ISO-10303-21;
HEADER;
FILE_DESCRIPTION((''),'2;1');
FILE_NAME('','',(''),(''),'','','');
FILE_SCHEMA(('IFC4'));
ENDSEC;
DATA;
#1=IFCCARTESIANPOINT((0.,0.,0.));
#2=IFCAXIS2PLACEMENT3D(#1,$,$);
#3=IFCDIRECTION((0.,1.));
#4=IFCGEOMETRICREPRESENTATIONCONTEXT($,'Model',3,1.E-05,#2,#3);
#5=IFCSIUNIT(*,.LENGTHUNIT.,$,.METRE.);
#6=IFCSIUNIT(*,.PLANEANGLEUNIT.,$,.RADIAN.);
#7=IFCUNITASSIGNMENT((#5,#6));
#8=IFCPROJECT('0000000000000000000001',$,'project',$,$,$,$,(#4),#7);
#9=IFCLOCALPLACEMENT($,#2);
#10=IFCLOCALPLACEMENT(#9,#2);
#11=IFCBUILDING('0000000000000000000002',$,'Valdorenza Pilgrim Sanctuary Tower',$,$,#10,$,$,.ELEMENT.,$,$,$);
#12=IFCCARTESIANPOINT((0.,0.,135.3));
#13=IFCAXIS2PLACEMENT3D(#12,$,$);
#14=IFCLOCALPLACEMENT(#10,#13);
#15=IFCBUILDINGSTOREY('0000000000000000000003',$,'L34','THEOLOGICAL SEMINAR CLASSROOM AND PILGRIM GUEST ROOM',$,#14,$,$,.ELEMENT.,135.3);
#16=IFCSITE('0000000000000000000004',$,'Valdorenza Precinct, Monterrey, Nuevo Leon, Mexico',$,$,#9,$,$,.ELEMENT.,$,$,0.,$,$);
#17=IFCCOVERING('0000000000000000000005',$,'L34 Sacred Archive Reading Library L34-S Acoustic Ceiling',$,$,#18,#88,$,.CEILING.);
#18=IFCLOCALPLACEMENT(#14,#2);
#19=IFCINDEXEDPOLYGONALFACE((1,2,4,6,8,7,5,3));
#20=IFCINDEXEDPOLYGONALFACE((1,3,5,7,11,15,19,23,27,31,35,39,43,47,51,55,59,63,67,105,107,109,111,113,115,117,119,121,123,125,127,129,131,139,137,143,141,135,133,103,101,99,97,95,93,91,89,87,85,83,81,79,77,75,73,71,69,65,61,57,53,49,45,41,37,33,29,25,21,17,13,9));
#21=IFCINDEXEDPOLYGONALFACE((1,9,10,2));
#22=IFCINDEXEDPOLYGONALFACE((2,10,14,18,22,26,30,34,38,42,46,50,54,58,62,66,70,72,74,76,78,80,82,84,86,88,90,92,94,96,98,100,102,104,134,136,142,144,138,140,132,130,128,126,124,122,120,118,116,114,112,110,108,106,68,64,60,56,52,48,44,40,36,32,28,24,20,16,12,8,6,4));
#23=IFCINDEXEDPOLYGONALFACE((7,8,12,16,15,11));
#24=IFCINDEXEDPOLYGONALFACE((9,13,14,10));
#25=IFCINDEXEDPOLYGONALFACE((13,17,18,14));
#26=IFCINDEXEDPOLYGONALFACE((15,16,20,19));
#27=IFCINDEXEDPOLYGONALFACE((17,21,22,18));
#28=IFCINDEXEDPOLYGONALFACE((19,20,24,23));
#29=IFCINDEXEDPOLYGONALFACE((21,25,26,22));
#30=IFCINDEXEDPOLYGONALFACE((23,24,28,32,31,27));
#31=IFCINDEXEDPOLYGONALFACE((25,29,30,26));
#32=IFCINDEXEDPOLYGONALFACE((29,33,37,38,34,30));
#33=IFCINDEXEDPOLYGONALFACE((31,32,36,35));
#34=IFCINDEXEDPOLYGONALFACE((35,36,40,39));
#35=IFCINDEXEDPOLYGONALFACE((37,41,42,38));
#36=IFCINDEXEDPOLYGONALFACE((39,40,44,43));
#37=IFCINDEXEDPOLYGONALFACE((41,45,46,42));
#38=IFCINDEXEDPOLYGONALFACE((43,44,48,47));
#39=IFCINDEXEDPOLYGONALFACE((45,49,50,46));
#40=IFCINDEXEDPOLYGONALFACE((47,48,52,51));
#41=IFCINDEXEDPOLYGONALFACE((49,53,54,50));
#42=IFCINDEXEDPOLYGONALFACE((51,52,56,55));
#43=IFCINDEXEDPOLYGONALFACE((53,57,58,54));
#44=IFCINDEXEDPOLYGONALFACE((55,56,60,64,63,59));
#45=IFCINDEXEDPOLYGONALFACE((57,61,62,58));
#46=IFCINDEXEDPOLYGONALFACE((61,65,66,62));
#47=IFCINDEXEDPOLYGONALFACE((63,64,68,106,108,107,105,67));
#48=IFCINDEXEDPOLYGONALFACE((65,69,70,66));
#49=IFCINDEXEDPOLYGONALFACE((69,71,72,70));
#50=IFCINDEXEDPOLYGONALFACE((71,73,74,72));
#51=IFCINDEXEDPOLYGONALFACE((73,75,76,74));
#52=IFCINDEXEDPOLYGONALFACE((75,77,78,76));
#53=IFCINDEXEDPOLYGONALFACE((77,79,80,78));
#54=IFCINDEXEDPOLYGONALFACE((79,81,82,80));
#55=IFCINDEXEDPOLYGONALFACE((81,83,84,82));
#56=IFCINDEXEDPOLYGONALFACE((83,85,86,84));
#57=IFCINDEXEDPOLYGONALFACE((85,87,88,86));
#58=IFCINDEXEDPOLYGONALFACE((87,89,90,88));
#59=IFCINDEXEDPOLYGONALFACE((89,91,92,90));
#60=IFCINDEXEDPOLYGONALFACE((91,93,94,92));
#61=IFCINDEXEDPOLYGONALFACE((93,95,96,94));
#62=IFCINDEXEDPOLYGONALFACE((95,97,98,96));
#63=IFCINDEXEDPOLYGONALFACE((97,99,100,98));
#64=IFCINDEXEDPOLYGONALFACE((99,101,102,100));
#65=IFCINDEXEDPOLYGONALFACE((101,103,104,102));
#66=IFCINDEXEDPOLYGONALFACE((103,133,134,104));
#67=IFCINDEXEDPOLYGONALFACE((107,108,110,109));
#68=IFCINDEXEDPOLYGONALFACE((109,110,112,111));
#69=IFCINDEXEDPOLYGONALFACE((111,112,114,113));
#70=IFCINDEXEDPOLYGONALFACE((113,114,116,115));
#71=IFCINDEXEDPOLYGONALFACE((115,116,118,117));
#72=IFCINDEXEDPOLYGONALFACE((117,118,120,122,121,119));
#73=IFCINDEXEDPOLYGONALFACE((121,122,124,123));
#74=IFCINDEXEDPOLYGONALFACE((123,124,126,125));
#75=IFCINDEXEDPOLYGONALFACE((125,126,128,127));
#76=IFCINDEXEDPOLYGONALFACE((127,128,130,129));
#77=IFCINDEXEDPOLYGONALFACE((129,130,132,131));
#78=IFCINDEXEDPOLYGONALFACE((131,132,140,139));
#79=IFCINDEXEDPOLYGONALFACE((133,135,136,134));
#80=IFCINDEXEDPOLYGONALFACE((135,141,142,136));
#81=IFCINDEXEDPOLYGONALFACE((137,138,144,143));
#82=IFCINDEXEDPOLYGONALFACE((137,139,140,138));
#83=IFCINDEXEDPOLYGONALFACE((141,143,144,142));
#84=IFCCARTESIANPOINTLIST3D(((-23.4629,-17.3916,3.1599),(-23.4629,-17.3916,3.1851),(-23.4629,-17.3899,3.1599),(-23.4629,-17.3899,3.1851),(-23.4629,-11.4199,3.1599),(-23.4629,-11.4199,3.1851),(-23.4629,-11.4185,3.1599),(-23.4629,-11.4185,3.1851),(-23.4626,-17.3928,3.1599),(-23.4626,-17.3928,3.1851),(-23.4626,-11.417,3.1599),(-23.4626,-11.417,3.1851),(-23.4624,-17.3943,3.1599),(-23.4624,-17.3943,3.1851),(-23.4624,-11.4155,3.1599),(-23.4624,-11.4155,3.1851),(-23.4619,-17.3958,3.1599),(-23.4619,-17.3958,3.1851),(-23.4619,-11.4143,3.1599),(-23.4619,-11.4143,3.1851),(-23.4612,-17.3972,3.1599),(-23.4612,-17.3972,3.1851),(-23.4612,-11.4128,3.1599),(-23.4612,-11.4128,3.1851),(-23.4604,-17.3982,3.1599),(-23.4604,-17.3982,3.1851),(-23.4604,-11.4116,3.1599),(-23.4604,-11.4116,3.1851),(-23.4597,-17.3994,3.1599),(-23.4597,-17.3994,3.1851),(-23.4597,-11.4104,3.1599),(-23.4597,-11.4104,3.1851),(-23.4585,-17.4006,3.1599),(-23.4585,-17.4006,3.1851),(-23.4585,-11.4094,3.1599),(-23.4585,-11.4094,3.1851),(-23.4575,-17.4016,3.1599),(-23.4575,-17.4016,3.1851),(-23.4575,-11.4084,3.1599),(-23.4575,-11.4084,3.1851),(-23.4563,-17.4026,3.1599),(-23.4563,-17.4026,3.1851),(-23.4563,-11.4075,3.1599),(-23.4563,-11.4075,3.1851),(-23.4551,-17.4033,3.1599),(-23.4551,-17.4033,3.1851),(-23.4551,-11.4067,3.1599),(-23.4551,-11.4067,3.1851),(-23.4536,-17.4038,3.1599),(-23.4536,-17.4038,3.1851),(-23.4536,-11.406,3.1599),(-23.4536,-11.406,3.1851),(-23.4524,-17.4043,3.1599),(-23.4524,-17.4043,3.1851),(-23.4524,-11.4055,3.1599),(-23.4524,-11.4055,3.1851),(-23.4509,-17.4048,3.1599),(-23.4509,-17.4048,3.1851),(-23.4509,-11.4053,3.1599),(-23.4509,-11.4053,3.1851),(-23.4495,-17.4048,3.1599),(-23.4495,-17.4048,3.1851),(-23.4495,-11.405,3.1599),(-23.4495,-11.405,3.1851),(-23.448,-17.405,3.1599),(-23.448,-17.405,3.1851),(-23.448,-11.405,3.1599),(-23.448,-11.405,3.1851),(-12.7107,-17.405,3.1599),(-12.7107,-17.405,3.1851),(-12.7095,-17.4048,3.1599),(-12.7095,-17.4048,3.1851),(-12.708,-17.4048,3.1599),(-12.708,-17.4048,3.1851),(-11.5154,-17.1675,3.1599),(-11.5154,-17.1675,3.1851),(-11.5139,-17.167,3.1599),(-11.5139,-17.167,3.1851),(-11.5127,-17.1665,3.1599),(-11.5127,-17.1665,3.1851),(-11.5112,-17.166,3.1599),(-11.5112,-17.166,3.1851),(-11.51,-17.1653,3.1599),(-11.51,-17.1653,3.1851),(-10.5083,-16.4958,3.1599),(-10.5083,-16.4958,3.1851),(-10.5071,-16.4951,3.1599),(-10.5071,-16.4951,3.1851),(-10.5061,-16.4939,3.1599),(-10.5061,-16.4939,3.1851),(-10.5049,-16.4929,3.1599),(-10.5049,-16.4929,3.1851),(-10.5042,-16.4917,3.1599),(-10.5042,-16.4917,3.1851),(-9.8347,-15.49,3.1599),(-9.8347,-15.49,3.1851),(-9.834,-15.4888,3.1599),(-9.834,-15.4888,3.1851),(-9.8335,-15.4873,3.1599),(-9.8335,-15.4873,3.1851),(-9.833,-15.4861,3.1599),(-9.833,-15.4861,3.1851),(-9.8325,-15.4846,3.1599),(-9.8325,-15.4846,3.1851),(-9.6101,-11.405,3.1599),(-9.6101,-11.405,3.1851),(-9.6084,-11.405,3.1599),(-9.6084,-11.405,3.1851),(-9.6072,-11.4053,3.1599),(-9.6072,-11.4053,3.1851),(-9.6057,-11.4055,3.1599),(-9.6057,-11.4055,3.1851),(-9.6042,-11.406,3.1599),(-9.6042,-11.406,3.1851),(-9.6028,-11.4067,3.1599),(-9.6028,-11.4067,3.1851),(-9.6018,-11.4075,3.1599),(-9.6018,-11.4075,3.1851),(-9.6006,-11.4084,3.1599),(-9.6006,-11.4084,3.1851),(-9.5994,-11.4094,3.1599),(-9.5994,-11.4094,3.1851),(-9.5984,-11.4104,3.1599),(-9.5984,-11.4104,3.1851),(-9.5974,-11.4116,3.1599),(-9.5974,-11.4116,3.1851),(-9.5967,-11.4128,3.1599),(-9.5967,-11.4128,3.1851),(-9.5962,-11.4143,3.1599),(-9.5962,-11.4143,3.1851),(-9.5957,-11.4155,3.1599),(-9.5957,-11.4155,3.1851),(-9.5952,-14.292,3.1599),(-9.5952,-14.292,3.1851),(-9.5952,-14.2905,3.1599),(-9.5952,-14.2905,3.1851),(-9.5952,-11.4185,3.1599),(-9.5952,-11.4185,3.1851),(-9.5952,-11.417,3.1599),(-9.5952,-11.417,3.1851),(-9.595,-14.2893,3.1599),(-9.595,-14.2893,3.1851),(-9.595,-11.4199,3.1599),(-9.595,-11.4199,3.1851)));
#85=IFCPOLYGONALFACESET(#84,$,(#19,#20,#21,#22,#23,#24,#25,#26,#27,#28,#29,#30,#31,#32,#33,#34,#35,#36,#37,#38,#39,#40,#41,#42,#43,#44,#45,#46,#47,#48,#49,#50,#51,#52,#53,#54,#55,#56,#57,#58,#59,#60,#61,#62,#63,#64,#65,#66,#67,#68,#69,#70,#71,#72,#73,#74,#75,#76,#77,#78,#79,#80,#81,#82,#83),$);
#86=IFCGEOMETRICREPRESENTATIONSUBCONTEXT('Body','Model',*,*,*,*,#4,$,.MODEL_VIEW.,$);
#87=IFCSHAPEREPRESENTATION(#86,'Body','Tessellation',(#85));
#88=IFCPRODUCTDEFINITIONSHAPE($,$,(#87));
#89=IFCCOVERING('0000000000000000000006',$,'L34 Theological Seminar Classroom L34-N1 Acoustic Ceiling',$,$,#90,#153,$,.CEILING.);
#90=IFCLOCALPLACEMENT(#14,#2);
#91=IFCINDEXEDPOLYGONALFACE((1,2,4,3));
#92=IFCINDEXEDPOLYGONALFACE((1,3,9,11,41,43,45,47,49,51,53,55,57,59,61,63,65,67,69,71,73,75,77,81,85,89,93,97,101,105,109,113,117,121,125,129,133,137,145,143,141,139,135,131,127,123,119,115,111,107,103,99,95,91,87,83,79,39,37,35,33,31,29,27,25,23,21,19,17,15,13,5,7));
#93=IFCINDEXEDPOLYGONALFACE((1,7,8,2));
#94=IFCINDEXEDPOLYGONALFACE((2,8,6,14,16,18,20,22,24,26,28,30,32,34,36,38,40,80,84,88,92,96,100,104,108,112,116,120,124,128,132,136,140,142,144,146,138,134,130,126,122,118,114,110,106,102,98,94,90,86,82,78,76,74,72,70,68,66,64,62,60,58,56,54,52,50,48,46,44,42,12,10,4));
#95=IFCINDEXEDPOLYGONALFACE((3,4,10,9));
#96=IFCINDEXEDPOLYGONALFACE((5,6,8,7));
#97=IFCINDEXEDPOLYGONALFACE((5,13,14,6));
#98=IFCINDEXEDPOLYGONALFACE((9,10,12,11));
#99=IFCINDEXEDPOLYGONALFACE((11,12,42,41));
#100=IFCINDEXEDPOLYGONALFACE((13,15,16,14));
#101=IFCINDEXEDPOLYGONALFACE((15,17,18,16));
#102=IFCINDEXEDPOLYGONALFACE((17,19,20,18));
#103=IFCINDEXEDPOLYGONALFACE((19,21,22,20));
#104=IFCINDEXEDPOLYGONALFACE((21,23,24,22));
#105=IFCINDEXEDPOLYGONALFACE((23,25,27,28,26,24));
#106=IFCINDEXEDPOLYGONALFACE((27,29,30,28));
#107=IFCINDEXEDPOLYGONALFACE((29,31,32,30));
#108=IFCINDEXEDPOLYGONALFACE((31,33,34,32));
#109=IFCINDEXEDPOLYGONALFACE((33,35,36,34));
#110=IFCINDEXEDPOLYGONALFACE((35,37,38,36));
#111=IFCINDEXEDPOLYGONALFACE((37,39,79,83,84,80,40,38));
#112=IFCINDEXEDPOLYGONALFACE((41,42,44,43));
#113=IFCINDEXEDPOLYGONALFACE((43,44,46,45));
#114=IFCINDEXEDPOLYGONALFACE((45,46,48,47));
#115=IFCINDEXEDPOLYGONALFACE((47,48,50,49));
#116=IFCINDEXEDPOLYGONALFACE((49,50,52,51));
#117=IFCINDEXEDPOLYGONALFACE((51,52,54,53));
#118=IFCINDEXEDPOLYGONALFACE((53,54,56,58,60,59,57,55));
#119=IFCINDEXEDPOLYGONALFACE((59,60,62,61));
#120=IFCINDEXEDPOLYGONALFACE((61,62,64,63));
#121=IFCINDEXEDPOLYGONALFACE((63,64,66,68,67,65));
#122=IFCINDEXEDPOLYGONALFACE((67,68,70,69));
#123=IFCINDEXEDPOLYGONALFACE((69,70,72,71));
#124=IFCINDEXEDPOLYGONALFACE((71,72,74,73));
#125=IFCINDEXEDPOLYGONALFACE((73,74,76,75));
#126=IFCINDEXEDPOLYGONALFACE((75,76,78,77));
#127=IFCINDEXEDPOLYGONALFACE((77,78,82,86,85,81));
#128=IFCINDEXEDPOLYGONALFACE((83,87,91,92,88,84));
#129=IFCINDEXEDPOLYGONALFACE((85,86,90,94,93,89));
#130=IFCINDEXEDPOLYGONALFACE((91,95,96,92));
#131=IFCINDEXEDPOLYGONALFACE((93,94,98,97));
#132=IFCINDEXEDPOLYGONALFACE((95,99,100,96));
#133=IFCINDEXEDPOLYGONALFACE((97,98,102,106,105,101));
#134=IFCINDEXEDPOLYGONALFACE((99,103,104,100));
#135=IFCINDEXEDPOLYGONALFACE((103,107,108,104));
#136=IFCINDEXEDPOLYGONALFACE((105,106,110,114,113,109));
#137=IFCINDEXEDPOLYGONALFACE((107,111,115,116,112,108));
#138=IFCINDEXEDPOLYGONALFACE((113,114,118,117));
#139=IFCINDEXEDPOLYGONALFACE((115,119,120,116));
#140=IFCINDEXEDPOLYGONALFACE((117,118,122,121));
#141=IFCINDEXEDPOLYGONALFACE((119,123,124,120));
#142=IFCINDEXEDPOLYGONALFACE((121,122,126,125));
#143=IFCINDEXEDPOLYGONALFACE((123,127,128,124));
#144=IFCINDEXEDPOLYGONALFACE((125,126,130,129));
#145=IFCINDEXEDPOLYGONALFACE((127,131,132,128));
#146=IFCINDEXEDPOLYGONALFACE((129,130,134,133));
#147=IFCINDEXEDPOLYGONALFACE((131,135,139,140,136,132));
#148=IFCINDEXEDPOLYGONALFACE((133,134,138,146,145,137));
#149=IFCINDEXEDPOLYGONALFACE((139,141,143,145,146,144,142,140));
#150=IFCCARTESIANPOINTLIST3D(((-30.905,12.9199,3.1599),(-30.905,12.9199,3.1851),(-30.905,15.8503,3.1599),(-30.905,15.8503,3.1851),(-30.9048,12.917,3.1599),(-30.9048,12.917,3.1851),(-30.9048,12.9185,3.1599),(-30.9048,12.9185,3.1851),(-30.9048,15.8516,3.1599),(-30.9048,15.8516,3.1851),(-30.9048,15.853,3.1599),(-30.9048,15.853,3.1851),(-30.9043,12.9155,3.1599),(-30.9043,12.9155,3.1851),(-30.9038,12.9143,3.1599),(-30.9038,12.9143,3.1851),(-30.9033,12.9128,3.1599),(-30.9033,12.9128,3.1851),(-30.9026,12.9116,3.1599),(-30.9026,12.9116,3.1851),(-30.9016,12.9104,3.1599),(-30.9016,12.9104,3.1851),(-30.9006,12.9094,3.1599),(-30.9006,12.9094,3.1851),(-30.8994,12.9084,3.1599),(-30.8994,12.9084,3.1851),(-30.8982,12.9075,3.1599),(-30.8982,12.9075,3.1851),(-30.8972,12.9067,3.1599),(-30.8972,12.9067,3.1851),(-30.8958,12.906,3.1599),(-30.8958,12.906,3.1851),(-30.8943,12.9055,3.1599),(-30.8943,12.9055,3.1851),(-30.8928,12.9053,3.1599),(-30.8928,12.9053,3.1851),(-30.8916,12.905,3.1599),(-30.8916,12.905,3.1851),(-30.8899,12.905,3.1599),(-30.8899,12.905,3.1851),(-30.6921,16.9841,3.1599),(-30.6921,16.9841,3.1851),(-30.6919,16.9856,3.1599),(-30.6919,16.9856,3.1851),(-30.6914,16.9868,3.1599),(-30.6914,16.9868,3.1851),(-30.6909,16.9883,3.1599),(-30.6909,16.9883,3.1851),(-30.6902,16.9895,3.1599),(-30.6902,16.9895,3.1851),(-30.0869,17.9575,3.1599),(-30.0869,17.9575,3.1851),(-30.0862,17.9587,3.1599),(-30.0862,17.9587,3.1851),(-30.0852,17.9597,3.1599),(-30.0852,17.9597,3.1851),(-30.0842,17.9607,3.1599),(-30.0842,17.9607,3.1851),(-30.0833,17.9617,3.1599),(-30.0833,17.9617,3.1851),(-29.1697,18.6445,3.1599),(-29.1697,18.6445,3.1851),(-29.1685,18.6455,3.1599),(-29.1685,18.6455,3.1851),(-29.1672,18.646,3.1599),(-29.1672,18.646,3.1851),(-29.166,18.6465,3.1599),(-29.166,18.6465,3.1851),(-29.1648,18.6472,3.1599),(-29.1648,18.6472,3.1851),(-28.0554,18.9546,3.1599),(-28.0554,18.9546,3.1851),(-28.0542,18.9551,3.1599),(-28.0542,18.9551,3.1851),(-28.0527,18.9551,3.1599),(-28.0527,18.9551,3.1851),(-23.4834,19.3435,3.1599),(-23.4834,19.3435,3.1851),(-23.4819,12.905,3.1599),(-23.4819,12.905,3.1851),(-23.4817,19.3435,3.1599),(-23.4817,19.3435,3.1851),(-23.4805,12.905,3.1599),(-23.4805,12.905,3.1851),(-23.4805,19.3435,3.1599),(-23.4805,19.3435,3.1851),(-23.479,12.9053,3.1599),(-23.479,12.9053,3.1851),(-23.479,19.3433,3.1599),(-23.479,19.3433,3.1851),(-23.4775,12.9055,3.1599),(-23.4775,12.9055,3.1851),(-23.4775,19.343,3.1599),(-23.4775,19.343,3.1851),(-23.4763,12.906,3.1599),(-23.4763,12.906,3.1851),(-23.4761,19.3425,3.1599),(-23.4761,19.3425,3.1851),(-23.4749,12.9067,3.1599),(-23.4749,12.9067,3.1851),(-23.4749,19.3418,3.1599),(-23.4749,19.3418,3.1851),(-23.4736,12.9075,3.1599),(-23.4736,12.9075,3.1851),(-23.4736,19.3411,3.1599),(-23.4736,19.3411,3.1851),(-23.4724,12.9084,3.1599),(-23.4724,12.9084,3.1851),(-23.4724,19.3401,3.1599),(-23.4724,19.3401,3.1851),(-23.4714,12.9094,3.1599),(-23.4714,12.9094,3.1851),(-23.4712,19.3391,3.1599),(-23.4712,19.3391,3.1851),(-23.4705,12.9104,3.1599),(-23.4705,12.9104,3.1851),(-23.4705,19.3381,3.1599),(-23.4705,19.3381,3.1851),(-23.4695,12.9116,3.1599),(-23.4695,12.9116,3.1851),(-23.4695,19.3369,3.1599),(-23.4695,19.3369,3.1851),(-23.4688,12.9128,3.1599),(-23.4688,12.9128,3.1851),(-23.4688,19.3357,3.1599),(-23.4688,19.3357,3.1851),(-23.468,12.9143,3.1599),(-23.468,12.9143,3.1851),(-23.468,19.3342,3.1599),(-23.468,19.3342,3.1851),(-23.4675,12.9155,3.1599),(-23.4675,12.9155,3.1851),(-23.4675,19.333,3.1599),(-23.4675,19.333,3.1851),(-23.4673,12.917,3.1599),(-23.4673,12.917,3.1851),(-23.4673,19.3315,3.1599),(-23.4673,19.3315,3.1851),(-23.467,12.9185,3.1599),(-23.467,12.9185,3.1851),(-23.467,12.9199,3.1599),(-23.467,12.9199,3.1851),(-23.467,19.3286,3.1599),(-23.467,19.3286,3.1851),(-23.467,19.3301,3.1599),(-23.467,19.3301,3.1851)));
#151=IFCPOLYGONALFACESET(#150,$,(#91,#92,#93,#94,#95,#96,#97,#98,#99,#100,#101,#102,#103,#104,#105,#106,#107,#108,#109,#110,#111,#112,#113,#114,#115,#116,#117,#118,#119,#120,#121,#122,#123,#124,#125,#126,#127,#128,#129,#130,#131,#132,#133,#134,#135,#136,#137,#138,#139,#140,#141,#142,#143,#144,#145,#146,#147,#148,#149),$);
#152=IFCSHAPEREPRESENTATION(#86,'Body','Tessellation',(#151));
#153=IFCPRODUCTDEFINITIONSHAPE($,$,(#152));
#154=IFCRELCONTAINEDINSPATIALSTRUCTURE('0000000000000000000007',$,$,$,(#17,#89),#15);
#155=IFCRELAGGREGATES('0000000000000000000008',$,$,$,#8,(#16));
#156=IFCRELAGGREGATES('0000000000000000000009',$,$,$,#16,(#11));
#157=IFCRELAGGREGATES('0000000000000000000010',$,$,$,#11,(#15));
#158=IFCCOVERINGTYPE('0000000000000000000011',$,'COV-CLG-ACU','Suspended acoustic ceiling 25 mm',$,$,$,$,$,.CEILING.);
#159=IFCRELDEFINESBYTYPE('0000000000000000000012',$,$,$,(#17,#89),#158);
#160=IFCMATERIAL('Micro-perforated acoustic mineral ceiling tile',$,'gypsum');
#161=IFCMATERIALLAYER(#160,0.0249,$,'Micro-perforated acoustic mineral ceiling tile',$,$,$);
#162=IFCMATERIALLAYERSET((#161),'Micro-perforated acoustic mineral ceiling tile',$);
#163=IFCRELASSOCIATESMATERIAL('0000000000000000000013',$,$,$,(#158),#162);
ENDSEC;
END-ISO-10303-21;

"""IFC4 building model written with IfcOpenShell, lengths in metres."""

from ifc_helpers import new_model, si_unit, direction, frame, origin, place, context, subcontext, project, spatial, polyline, outline, extrude, material, layer, layer_set, type_object, element, save


model = new_model("IFC4")

# Units and contexts
model_context = context("Model", 3, precision=1e-05, world=origin(), true_north=direction((0.0, 1.0)))
body_context = subcontext(model_context, "Body", "Model", "MODEL_VIEW")
ifc_project = project(units=[si_unit("LENGTHUNIT", "METRE"), si_unit("PLANEANGLEUNIT", "RADIAN")], contexts=[model_context])

# Site, building, storey
site_placement = place(None, origin())
site = spatial("IfcSite", under=ifc_project, at=site_placement, Name="Valdorenza Precinct, Monterrey, Nuevo Leon, Mexico", CompositionType="ELEMENT", RefElevation=0.0)
building_placement = place(site_placement, origin())
building = spatial("IfcBuilding", under=site, at=building_placement, Name="Valdorenza Pilgrim Sanctuary Tower", CompositionType="ELEMENT")
storey_placement = place(building_placement, frame((0.0, 0.0, 135.3)))
storey = spatial("IfcBuildingStorey", under=building, at=storey_placement, Name="L34", Description="THEOLOGICAL SEMINAR CLASSROOM AND PILGRIM GUEST ROOM", CompositionType="ELEMENT", Elevation=135.3)

# Coverings
ifc_material_1 = material(Name="Micro-perforated acoustic mineral ceiling tile", Category="gypsum")
ifc_layer_1 = layer(ifc_material_1, 0.0249, Name="Micro-perforated acoustic mineral ceiling tile")
ifc_layer_set_1 = layer_set([ifc_layer_1], Name="Micro-perforated acoustic mineral ceiling tile")
covering_type_1 = type_object("IfcCoveringType", Name="COV-CLG-ACU", Description="Suspended acoustic ceiling 25 mm", PredefinedType="CEILING", material=ifc_layer_set_1)
covering_1_placement = place(storey_placement, frame((0.0, 0.0, 3.1599)))
element("IfcCovering", 1, at=covering_1_placement, inside=storey, type_object=covering_type_1, Name="L34 Sacred Archive Reading Library L34-S Acoustic Ceiling", PredefinedType="CEILING", context=body_context, shape_type="SweptSolid", body=[
    extrude(outline(polyline([(-9.6101, -11.405), (-9.6084, -11.405), (-9.6072, -11.4053), (-9.6057, -11.4055), (-9.6042, -11.406), (-9.6028, -11.4067), (-9.6018, -11.4075), (-9.6006, -11.4084), (-9.5994, -11.4094), (-9.5984, -11.4104), (-9.5974, -11.4116), (-9.5967, -11.4128), (-9.5962, -11.4143), (-9.5957, -11.4155), (-9.5952, -11.417), (-9.5952, -11.4185), (-9.595, -11.4199), (-9.595, -14.2893), (-9.5952, -14.2905), (-9.5952, -14.292), (-9.8325, -15.4846), (-9.833, -15.4861), (-9.8335, -15.4873), (-9.834, -15.4888), (-9.8347, -15.49), (-10.5042, -16.4917), (-10.5049, -16.4929), (-10.5061, -16.4939), (-10.5071, -16.4951), (-10.5083, -16.4958), (-11.51, -17.1653), (-11.5112, -17.166), (-11.5127, -17.1665), (-11.5139, -17.167), (-11.5154, -17.1675), (-12.708, -17.4048), (-12.7095, -17.4048), (-12.7107, -17.405), (-23.448, -17.405), (-23.4495, -17.4048), (-23.4509, -17.4048), (-23.4524, -17.4043), (-23.4536, -17.4038), (-23.4551, -17.4033), (-23.4563, -17.4026), (-23.4575, -17.4016), (-23.4585, -17.4006), (-23.4597, -17.3994), (-23.4604, -17.3982), (-23.4612, -17.3972), (-23.4619, -17.3958), (-23.4624, -17.3943), (-23.4626, -17.3928), (-23.4629, -17.3916), (-23.4629, -17.3899), (-23.4629, -11.4199), (-23.4629, -11.4185), (-23.4626, -11.417), (-23.4624, -11.4155), (-23.4619, -11.4143), (-23.4612, -11.4128), (-23.4604, -11.4116), (-23.4597, -11.4104), (-23.4585, -11.4094), (-23.4575, -11.4084), (-23.4563, -11.4075), (-23.4551, -11.4067), (-23.4536, -11.406), (-23.4524, -11.4055), (-23.4509, -11.4053), (-23.4495, -11.405), (-23.448, -11.405), (-9.6101, -11.405)])), origin(), (0.0, 0.0, 1.0), 0.0251),
])
covering_2_placement = place(storey_placement, frame((0.0, 0.0, 3.1599)))
element("IfcCovering", 2, at=covering_2_placement, inside=storey, type_object=covering_type_1, Name="L34 Theological Seminar Classroom L34-N1 Acoustic Ceiling", PredefinedType="CEILING", context=body_context, shape_type="SweptSolid", body=[
    extrude(outline(polyline([(-30.8899, 12.905), (-30.8916, 12.905), (-30.8928, 12.9053), (-30.8943, 12.9055), (-30.8958, 12.906), (-30.8972, 12.9067), (-30.8982, 12.9075), (-30.8994, 12.9084), (-30.9006, 12.9094), (-30.9016, 12.9104), (-30.9026, 12.9116), (-30.9033, 12.9128), (-30.9038, 12.9143), (-30.9043, 12.9155), (-30.9048, 12.917), (-30.9048, 12.9185), (-30.905, 12.9199), (-30.905, 15.8503), (-30.9048, 15.8516), (-30.9048, 15.853), (-30.6921, 16.9841), (-30.6919, 16.9856), (-30.6914, 16.9868), (-30.6909, 16.9883), (-30.6902, 16.9895), (-30.0869, 17.9575), (-30.0862, 17.9587), (-30.0852, 17.9597), (-30.0842, 17.9607), (-30.0833, 17.9617), (-29.1697, 18.6445), (-29.1685, 18.6455), (-29.1672, 18.646), (-29.166, 18.6465), (-29.1648, 18.6472), (-28.0554, 18.9546), (-28.0542, 18.9551), (-28.0527, 18.9551), (-23.4834, 19.3435), (-23.4817, 19.3435), (-23.4805, 19.3435), (-23.479, 19.3433), (-23.4775, 19.343), (-23.4761, 19.3425), (-23.4749, 19.3418), (-23.4736, 19.3411), (-23.4724, 19.3401), (-23.4712, 19.3391), (-23.4705, 19.3381), (-23.4695, 19.3369), (-23.4688, 19.3357), (-23.468, 19.3342), (-23.4675, 19.333), (-23.4673, 19.3315), (-23.467, 19.3301), (-23.467, 19.3286), (-23.467, 12.9199), (-23.467, 12.9185), (-23.4673, 12.917), (-23.4675, 12.9155), (-23.468, 12.9143), (-23.4688, 12.9128), (-23.4695, 12.9116), (-23.4705, 12.9104), (-23.4714, 12.9094), (-23.4724, 12.9084), (-23.4736, 12.9075), (-23.4749, 12.9067), (-23.4763, 12.906), (-23.4775, 12.9055), (-23.479, 12.9053), (-23.4805, 12.905), (-23.4819, 12.905), (-30.8899, 12.905)])), origin(), (0.0, 0.0, 1.0), 0.0251),
])

save(model, "model.ifc")
